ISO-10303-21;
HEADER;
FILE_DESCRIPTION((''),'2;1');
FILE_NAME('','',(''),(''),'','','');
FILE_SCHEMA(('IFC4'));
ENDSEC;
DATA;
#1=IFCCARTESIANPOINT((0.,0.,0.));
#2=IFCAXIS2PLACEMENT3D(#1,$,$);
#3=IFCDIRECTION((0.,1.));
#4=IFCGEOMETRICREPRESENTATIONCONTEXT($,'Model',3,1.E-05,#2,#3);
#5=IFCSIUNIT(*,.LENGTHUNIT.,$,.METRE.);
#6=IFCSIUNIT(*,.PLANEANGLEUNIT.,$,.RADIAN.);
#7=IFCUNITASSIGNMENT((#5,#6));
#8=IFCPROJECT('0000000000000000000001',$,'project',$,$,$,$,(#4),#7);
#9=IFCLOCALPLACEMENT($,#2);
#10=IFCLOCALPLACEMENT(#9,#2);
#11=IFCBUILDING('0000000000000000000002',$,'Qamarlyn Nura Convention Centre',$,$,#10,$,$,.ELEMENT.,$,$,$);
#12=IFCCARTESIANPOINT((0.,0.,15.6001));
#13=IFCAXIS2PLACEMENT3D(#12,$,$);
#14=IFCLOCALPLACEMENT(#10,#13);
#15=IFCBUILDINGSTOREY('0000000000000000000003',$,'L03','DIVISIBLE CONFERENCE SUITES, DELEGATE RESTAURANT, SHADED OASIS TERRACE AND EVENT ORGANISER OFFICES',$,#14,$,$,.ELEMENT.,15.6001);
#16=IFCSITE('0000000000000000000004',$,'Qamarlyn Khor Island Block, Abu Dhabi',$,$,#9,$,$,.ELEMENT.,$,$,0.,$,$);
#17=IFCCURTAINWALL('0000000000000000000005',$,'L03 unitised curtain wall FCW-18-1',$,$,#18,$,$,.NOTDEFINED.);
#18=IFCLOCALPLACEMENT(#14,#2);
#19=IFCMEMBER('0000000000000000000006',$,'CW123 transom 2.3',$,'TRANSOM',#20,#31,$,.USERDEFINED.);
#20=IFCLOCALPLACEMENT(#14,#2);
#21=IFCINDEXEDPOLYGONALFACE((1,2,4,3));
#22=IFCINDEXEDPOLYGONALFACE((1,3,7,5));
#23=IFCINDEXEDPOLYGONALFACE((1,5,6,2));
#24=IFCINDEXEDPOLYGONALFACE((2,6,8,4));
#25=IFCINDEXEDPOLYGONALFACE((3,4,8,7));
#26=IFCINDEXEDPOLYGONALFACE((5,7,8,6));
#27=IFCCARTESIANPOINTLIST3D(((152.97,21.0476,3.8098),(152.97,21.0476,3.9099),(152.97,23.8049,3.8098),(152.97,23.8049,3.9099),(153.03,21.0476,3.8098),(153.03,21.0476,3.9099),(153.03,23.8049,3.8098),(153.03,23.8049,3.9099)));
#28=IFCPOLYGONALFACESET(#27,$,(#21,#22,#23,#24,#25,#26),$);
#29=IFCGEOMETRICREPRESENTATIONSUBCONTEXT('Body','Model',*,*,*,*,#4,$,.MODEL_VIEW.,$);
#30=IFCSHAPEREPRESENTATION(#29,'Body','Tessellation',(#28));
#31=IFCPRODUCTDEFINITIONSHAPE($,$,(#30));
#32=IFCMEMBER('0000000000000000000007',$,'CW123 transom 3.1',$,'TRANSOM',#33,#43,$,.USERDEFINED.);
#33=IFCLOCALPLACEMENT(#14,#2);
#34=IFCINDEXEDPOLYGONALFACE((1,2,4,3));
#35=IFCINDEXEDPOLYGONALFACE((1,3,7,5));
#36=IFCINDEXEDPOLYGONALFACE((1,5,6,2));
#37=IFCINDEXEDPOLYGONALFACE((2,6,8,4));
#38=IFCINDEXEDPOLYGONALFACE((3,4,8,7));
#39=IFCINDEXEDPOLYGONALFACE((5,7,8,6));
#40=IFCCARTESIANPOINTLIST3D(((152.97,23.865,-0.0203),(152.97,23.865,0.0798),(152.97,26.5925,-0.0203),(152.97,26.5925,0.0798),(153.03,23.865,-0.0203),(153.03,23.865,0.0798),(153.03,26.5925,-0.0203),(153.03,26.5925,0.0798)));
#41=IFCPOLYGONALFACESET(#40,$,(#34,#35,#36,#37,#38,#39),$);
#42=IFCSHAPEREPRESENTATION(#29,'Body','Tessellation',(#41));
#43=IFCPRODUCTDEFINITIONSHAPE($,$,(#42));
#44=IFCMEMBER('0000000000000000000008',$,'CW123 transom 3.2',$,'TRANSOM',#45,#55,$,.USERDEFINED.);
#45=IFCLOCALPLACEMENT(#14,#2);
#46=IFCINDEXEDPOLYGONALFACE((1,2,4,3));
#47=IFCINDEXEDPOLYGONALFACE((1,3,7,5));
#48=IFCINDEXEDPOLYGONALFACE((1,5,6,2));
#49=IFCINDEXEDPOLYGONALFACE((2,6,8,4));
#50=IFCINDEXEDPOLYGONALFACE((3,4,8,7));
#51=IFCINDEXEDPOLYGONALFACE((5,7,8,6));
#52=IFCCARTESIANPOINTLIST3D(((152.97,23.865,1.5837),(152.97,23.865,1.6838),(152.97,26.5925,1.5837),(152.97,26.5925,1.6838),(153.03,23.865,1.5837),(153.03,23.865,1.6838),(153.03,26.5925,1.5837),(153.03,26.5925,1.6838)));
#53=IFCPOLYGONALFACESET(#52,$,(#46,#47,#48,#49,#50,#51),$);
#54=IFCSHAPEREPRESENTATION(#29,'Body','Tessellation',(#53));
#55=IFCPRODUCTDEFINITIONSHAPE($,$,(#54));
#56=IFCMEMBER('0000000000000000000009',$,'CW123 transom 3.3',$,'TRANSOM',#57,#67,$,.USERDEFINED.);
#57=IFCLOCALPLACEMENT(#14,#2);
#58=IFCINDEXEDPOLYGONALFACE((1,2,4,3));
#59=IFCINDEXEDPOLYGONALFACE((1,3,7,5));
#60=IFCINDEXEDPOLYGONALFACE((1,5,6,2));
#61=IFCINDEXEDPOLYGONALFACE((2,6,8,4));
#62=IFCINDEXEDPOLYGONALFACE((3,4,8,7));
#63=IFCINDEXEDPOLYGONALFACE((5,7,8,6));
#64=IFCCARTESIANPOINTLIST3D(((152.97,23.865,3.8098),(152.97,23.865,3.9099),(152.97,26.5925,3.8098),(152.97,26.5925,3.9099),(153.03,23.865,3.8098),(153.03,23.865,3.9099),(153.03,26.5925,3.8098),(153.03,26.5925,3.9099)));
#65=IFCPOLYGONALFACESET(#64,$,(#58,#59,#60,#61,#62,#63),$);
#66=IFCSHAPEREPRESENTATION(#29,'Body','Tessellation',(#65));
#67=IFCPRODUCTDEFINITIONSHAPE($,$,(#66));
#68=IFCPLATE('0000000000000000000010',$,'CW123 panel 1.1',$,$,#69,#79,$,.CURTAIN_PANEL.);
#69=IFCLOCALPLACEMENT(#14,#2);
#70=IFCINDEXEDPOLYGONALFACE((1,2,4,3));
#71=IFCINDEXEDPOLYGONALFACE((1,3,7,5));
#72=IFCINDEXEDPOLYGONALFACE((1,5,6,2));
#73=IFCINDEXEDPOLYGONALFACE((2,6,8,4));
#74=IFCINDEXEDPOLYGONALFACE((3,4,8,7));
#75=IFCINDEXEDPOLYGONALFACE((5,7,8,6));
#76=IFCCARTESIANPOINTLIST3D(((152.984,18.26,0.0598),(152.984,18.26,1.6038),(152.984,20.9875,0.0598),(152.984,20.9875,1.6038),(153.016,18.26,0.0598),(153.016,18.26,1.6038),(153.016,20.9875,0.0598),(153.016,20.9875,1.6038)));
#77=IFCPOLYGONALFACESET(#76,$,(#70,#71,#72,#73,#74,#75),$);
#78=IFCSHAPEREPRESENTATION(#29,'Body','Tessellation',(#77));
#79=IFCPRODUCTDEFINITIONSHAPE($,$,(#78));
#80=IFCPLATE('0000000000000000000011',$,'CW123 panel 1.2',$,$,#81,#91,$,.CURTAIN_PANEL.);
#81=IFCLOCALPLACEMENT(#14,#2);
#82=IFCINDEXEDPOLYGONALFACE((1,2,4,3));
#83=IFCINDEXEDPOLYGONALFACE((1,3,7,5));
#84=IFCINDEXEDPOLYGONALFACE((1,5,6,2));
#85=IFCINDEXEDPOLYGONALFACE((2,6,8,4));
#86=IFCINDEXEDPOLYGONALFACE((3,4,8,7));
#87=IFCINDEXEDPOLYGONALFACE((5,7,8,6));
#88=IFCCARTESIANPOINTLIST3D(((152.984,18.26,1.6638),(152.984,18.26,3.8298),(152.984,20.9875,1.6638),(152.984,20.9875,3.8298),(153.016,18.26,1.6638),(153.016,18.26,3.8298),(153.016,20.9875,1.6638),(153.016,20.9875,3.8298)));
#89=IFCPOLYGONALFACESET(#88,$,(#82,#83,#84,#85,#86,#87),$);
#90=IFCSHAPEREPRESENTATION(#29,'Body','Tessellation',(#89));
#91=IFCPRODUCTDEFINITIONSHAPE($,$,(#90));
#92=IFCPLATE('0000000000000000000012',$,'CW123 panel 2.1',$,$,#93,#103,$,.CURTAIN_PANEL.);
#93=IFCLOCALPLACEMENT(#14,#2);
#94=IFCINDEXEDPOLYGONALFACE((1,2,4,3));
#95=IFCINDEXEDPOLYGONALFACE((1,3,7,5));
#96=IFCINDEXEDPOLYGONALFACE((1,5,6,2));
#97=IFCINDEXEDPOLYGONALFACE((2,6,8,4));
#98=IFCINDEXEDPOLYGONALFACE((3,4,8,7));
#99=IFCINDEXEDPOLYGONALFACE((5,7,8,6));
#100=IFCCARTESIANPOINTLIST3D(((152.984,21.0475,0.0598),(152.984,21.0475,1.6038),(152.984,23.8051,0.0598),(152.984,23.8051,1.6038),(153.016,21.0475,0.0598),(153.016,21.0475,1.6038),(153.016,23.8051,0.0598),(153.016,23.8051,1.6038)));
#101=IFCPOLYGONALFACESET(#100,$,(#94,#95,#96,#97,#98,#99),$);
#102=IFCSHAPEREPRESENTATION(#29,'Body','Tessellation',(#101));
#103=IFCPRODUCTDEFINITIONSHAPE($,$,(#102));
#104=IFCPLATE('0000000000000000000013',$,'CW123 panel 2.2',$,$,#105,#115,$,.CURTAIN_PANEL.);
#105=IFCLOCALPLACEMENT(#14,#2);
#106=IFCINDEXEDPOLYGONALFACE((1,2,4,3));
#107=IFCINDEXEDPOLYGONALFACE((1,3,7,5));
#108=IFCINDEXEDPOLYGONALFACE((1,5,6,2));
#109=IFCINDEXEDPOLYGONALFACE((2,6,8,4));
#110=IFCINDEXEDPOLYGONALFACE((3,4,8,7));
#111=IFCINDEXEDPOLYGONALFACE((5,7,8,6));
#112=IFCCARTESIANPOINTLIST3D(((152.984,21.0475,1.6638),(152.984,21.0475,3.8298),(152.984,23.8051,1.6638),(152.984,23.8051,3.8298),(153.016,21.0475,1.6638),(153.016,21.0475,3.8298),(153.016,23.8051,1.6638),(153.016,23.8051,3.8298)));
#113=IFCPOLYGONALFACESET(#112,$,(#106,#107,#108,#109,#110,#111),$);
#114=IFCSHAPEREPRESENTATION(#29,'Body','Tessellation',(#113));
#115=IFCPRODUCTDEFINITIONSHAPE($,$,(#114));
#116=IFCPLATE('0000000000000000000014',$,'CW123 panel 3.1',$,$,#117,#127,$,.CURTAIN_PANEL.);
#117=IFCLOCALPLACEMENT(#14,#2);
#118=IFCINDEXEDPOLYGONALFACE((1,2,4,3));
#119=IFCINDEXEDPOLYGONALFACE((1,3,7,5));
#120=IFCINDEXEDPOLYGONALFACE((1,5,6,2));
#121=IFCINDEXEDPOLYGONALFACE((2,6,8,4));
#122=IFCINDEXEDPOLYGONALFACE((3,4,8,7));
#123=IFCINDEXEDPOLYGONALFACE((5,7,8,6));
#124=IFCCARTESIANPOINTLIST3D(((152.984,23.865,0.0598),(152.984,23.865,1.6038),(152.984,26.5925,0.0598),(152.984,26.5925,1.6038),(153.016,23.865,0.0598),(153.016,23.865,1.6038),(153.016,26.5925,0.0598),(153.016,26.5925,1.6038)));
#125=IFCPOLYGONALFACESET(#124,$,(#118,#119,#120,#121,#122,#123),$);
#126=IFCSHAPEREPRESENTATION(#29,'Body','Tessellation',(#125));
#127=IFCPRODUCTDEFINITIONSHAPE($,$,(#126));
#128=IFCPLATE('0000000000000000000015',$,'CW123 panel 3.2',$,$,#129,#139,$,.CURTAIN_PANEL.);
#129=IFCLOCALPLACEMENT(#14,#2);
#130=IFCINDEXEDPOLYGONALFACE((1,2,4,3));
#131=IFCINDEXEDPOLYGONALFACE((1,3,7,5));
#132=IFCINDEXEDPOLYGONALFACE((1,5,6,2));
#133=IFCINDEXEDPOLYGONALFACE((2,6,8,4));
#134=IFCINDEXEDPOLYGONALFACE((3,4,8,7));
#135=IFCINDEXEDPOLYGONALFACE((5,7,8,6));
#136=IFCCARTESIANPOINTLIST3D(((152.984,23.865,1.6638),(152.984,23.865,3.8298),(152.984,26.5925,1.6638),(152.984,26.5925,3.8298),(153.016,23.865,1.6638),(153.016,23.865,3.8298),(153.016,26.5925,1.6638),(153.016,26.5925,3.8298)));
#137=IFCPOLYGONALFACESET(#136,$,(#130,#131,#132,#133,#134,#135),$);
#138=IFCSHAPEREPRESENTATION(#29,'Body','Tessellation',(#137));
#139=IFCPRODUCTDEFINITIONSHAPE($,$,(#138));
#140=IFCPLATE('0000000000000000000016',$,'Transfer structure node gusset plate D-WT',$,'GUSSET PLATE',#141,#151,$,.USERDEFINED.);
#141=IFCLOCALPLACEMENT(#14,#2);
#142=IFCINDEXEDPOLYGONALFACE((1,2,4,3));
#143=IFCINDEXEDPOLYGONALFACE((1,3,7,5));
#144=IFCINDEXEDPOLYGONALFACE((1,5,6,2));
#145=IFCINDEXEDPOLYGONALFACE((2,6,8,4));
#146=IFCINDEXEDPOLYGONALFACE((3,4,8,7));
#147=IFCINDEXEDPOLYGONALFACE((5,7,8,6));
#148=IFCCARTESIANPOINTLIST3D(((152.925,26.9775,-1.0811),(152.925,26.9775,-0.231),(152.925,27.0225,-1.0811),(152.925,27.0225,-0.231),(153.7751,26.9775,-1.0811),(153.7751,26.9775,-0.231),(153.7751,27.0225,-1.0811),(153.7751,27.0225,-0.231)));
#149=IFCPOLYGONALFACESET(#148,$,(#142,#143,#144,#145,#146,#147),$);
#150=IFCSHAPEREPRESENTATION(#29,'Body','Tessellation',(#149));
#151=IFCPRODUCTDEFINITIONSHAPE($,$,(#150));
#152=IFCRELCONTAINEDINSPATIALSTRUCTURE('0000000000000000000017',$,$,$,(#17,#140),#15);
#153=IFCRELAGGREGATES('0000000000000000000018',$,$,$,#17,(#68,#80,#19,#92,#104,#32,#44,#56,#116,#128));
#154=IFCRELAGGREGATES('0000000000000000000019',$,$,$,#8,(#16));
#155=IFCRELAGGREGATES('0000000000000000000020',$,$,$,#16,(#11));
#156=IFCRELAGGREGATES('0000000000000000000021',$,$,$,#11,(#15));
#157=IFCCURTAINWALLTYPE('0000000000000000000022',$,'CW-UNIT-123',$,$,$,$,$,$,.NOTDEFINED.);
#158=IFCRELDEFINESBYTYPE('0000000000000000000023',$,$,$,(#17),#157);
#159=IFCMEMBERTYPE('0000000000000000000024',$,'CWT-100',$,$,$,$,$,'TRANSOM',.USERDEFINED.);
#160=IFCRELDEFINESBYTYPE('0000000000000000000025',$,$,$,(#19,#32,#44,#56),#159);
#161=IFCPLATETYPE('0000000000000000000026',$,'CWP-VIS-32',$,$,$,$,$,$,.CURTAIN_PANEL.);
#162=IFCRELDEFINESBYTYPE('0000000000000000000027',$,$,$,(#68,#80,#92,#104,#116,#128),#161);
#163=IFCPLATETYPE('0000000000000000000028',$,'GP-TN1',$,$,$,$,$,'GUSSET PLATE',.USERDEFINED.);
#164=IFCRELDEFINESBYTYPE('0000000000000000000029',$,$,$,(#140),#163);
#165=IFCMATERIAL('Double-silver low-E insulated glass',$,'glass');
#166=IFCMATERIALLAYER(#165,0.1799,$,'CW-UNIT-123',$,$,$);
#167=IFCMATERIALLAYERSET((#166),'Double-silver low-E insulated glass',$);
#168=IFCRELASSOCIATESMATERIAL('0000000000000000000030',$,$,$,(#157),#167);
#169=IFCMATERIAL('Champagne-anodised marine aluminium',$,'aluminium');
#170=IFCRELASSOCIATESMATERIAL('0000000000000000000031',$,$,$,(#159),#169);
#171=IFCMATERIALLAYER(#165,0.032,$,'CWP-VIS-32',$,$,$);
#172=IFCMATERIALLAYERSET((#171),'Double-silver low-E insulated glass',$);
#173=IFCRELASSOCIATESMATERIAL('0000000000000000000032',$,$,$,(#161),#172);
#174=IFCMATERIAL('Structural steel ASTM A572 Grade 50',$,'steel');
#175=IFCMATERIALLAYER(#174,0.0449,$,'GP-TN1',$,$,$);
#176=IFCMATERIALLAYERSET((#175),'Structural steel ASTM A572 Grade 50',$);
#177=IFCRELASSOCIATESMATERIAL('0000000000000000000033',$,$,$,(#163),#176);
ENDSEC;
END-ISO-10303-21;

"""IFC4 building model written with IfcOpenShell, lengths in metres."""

from ifc_helpers import new_model, si_unit, direction, frame, origin, origin_2d, place, context, subcontext, project, spatial, rectangle, extrude, material, layer, layer_set, material_profile, profile_set, type_object, element, aggregate, save


model = new_model("IFC4")

# Units and contexts
model_context = context("Model", 3, precision=1e-05, world=origin(), true_north=direction((0.0, 1.0)))
body_context = subcontext(model_context, "Body", "Model", "MODEL_VIEW")
ifc_project = project(units=[si_unit("LENGTHUNIT", "METRE"), si_unit("PLANEANGLEUNIT", "RADIAN")], contexts=[model_context])

# Site, building, storey
site_placement = place(None, origin())
site = spatial("IfcSite", under=ifc_project, at=site_placement, Name="Qamarlyn Khor Island Block, Abu Dhabi", CompositionType="ELEMENT", RefElevation=0.0)
building_placement = place(site_placement, origin())
building = spatial("IfcBuilding", under=site, at=building_placement, Name="Qamarlyn Nura Convention Centre", CompositionType="ELEMENT")
storey_placement = place(building_placement, frame((0.0, 0.0, 15.6001)))
storey = spatial("IfcBuildingStorey", under=building, at=storey_placement, Name="L03", Description="DIVISIBLE CONFERENCE SUITES, DELEGATE RESTAURANT, SHADED OASIS TERRACE AND EVENT ORGANISER OFFICES", CompositionType="ELEMENT", Elevation=15.6001)

# Curtain wall
ifc_material_1 = material(Name="Double-silver low-E insulated glass", Category="glass")
ifc_layer_1 = layer(ifc_material_1, 0.1799, Name="CW-UNIT-123")
ifc_layer_set_1 = layer_set([ifc_layer_1], Name="Double-silver low-E insulated glass")
curtain_wall_type_1 = type_object("IfcCurtainWallType", Name="CW-UNIT-123", PredefinedType="NOTDEFINED", material=ifc_layer_set_1)
curtain_wall_1_placement = place(storey_placement, origin())
curtain_wall_1 = element("IfcCurtainWall", 1, at=curtain_wall_1_placement, inside=storey, type_object=curtain_wall_type_1, Name="L03 unitised curtain wall FCW-18-1", PredefinedType="NOTDEFINED")
ifc_material_2 = material(Name="Champagne-anodised marine aluminium", Category="aluminium")

# Members
ifc_material_profile_1 = material_profile(ifc_material_2, rectangle(XDim=0.0601, YDim=0.1001, at=origin_2d()), Name="ALU TRANSOM 60x100")
ifc_profile_set_1 = profile_set([ifc_material_profile_1], Name="Champagne-anodised marine aluminium")
member_type_1 = type_object("IfcMemberType", Name="CWT-100", ElementType="TRANSOM", PredefinedType="USERDEFINED", material=ifc_profile_set_1)
member_1_placement = place(storey_placement, frame((153.0, 21.0476, 3.8599), z_axis=(0.0, 1.0, 0.0), x_axis=(-1.0, 0.0, 0.0)))
member_1 = element("IfcMember", 2, at=member_1_placement, type_object=member_type_1, Name="CW123 transom 2.3", ObjectType="TRANSOM", PredefinedType="USERDEFINED", context=body_context, shape_type="SweptSolid", body=[
    extrude(rectangle(XDim=0.0601, YDim=0.1001, at=origin_2d()), origin(), (0.0, 0.0, 1.0), 2.7573),
])
member_2_placement = place(storey_placement, frame((153.0, 23.865, 0.0298), z_axis=(0.0, 1.0, 0.0), x_axis=(-1.0, 0.0, 0.0)))
member_2 = element("IfcMember", 3, at=member_2_placement, type_object=member_type_1, Name="CW123 transom 3.1", ObjectType="TRANSOM", PredefinedType="USERDEFINED", context=body_context, shape_type="SweptSolid", body=[
    extrude(rectangle(XDim=0.0601, YDim=0.1001, at=origin_2d()), origin(), (0.0, 0.0, 1.0), 2.7275),
])
member_3_placement = place(storey_placement, frame((153.0, 23.865, 1.6338), z_axis=(0.0, 1.0, 0.0), x_axis=(-1.0, 0.0, 0.0)))
member_3 = element("IfcMember", 4, at=member_3_placement, type_object=member_type_1, Name="CW123 transom 3.2", ObjectType="TRANSOM", PredefinedType="USERDEFINED", context=body_context, shape_type="SweptSolid", body=[
    extrude(rectangle(XDim=0.0601, YDim=0.1001, at=origin_2d()), origin(), (0.0, 0.0, 1.0), 2.7275),
])
member_4_placement = place(storey_placement, frame((153.0, 23.865, 3.8599), z_axis=(0.0, 1.0, 0.0), x_axis=(-1.0, 0.0, 0.0)))
member_4 = element("IfcMember", 5, at=member_4_placement, type_object=member_type_1, Name="CW123 transom 3.3", ObjectType="TRANSOM", PredefinedType="USERDEFINED", context=body_context, shape_type="SweptSolid", body=[
    extrude(rectangle(XDim=0.0601, YDim=0.1001, at=origin_2d()), origin(), (0.0, 0.0, 1.0), 2.7275),
])

# Plates
ifc_layer_2 = layer(ifc_material_1, 0.032, Name="CWP-VIS-32")
ifc_layer_set_2 = layer_set([ifc_layer_2], Name="Double-silver low-E insulated glass")
plate_type_1 = type_object("IfcPlateType", Name="CWP-VIS-32", PredefinedType="CURTAIN_PANEL", material=ifc_layer_set_2)
plate_1_placement = place(storey_placement, frame((153.0, 19.6238, 0.0598), z_axis=(0.0, 0.0, 1.0), x_axis=(0.0, 1.0, 0.0)))
plate_1 = element("IfcPlate", 6, at=plate_1_placement, type_object=plate_type_1, Name="CW123 panel 1.1", PredefinedType="CURTAIN_PANEL", context=body_context, shape_type="SweptSolid", body=[
    extrude(rectangle(XDim=2.7275, YDim=0.032, at=origin_2d()), origin(), (0.0, 0.0, 1.0), 1.5439),
])
plate_2_placement = place(storey_placement, frame((153.0, 19.6238, 1.6638), z_axis=(0.0, 0.0, 1.0), x_axis=(0.0, 1.0, 0.0)))
plate_2 = element("IfcPlate", 7, at=plate_2_placement, type_object=plate_type_1, Name="CW123 panel 1.2", PredefinedType="CURTAIN_PANEL", context=body_context, shape_type="SweptSolid", body=[
    extrude(rectangle(XDim=2.7275, YDim=0.032, at=origin_2d()), origin(), (0.0, 0.0, 1.0), 2.166),
])
plate_3_placement = place(storey_placement, frame((153.0, 22.4263, 0.0598), z_axis=(0.0, 0.0, 1.0), x_axis=(0.0, 1.0, 0.0)))
plate_3 = element("IfcPlate", 8, at=plate_3_placement, type_object=plate_type_1, Name="CW123 panel 2.1", PredefinedType="CURTAIN_PANEL", context=body_context, shape_type="SweptSolid", body=[
    extrude(rectangle(XDim=2.7576, YDim=0.032, at=origin_2d()), origin(), (0.0, 0.0, 1.0), 1.5439),
])
plate_4_placement = place(storey_placement, frame((153.0, 22.4263, 1.6638), z_axis=(0.0, 0.0, 1.0), x_axis=(0.0, 1.0, 0.0)))
plate_4 = element("IfcPlate", 9, at=plate_4_placement, type_object=plate_type_1, Name="CW123 panel 2.2", PredefinedType="CURTAIN_PANEL", context=body_context, shape_type="SweptSolid", body=[
    extrude(rectangle(XDim=2.7576, YDim=0.032, at=origin_2d()), origin(), (0.0, 0.0, 1.0), 2.166),
])
plate_5_placement = place(storey_placement, frame((153.0, 25.2288, 0.0598), z_axis=(0.0, 0.0, 1.0), x_axis=(0.0, 1.0, 0.0)))
plate_5 = element("IfcPlate", 10, at=plate_5_placement, type_object=plate_type_1, Name="CW123 panel 3.1", PredefinedType="CURTAIN_PANEL", context=body_context, shape_type="SweptSolid", body=[
    extrude(rectangle(XDim=2.7275, YDim=0.032, at=origin_2d()), origin(), (0.0, 0.0, 1.0), 1.5439),
])
plate_6_placement = place(storey_placement, frame((153.0, 25.2288, 1.6638), z_axis=(0.0, 0.0, 1.0), x_axis=(0.0, 1.0, 0.0)))
plate_6 = element("IfcPlate", 11, at=plate_6_placement, type_object=plate_type_1, Name="CW123 panel 3.2", PredefinedType="CURTAIN_PANEL", context=body_context, shape_type="SweptSolid", body=[
    extrude(rectangle(XDim=2.7275, YDim=0.032, at=origin_2d()), origin(), (0.0, 0.0, 1.0), 2.166),
])
aggregate(curtain_wall_1, [plate_1, plate_2, member_1, plate_3, plate_4, member_2, member_3, member_4, plate_5, plate_6])
ifc_material_3 = material(Name="Structural steel ASTM A572 Grade 50", Category="steel")
ifc_layer_3 = layer(ifc_material_3, 0.0449, Name="GP-TN1")
ifc_layer_set_3 = layer_set([ifc_layer_3], Name="Structural steel ASTM A572 Grade 50")
plate_type_2 = type_object("IfcPlateType", Name="GP-TN1", ElementType="GUSSET PLATE", PredefinedType="USERDEFINED", material=ifc_layer_set_3)
plate_7_placement = place(storey_placement, frame((153.3501, 27.0, -1.0811), z_axis=(0.0, 0.0, 1.0), x_axis=(1.0, 0.0, 0.0)))
element("IfcPlate", 12, at=plate_7_placement, inside=storey, type_object=plate_type_2, Name="Transfer structure node gusset plate D-WT", ObjectType="GUSSET PLATE", PredefinedType="USERDEFINED", context=body_context, shape_type="SweptSolid", body=[
    extrude(rectangle(XDim=0.8501, YDim=0.0449, at=origin_2d()), origin(), (0.0, 0.0, 1.0), 0.8501),
])

save(model, "model.ifc")
